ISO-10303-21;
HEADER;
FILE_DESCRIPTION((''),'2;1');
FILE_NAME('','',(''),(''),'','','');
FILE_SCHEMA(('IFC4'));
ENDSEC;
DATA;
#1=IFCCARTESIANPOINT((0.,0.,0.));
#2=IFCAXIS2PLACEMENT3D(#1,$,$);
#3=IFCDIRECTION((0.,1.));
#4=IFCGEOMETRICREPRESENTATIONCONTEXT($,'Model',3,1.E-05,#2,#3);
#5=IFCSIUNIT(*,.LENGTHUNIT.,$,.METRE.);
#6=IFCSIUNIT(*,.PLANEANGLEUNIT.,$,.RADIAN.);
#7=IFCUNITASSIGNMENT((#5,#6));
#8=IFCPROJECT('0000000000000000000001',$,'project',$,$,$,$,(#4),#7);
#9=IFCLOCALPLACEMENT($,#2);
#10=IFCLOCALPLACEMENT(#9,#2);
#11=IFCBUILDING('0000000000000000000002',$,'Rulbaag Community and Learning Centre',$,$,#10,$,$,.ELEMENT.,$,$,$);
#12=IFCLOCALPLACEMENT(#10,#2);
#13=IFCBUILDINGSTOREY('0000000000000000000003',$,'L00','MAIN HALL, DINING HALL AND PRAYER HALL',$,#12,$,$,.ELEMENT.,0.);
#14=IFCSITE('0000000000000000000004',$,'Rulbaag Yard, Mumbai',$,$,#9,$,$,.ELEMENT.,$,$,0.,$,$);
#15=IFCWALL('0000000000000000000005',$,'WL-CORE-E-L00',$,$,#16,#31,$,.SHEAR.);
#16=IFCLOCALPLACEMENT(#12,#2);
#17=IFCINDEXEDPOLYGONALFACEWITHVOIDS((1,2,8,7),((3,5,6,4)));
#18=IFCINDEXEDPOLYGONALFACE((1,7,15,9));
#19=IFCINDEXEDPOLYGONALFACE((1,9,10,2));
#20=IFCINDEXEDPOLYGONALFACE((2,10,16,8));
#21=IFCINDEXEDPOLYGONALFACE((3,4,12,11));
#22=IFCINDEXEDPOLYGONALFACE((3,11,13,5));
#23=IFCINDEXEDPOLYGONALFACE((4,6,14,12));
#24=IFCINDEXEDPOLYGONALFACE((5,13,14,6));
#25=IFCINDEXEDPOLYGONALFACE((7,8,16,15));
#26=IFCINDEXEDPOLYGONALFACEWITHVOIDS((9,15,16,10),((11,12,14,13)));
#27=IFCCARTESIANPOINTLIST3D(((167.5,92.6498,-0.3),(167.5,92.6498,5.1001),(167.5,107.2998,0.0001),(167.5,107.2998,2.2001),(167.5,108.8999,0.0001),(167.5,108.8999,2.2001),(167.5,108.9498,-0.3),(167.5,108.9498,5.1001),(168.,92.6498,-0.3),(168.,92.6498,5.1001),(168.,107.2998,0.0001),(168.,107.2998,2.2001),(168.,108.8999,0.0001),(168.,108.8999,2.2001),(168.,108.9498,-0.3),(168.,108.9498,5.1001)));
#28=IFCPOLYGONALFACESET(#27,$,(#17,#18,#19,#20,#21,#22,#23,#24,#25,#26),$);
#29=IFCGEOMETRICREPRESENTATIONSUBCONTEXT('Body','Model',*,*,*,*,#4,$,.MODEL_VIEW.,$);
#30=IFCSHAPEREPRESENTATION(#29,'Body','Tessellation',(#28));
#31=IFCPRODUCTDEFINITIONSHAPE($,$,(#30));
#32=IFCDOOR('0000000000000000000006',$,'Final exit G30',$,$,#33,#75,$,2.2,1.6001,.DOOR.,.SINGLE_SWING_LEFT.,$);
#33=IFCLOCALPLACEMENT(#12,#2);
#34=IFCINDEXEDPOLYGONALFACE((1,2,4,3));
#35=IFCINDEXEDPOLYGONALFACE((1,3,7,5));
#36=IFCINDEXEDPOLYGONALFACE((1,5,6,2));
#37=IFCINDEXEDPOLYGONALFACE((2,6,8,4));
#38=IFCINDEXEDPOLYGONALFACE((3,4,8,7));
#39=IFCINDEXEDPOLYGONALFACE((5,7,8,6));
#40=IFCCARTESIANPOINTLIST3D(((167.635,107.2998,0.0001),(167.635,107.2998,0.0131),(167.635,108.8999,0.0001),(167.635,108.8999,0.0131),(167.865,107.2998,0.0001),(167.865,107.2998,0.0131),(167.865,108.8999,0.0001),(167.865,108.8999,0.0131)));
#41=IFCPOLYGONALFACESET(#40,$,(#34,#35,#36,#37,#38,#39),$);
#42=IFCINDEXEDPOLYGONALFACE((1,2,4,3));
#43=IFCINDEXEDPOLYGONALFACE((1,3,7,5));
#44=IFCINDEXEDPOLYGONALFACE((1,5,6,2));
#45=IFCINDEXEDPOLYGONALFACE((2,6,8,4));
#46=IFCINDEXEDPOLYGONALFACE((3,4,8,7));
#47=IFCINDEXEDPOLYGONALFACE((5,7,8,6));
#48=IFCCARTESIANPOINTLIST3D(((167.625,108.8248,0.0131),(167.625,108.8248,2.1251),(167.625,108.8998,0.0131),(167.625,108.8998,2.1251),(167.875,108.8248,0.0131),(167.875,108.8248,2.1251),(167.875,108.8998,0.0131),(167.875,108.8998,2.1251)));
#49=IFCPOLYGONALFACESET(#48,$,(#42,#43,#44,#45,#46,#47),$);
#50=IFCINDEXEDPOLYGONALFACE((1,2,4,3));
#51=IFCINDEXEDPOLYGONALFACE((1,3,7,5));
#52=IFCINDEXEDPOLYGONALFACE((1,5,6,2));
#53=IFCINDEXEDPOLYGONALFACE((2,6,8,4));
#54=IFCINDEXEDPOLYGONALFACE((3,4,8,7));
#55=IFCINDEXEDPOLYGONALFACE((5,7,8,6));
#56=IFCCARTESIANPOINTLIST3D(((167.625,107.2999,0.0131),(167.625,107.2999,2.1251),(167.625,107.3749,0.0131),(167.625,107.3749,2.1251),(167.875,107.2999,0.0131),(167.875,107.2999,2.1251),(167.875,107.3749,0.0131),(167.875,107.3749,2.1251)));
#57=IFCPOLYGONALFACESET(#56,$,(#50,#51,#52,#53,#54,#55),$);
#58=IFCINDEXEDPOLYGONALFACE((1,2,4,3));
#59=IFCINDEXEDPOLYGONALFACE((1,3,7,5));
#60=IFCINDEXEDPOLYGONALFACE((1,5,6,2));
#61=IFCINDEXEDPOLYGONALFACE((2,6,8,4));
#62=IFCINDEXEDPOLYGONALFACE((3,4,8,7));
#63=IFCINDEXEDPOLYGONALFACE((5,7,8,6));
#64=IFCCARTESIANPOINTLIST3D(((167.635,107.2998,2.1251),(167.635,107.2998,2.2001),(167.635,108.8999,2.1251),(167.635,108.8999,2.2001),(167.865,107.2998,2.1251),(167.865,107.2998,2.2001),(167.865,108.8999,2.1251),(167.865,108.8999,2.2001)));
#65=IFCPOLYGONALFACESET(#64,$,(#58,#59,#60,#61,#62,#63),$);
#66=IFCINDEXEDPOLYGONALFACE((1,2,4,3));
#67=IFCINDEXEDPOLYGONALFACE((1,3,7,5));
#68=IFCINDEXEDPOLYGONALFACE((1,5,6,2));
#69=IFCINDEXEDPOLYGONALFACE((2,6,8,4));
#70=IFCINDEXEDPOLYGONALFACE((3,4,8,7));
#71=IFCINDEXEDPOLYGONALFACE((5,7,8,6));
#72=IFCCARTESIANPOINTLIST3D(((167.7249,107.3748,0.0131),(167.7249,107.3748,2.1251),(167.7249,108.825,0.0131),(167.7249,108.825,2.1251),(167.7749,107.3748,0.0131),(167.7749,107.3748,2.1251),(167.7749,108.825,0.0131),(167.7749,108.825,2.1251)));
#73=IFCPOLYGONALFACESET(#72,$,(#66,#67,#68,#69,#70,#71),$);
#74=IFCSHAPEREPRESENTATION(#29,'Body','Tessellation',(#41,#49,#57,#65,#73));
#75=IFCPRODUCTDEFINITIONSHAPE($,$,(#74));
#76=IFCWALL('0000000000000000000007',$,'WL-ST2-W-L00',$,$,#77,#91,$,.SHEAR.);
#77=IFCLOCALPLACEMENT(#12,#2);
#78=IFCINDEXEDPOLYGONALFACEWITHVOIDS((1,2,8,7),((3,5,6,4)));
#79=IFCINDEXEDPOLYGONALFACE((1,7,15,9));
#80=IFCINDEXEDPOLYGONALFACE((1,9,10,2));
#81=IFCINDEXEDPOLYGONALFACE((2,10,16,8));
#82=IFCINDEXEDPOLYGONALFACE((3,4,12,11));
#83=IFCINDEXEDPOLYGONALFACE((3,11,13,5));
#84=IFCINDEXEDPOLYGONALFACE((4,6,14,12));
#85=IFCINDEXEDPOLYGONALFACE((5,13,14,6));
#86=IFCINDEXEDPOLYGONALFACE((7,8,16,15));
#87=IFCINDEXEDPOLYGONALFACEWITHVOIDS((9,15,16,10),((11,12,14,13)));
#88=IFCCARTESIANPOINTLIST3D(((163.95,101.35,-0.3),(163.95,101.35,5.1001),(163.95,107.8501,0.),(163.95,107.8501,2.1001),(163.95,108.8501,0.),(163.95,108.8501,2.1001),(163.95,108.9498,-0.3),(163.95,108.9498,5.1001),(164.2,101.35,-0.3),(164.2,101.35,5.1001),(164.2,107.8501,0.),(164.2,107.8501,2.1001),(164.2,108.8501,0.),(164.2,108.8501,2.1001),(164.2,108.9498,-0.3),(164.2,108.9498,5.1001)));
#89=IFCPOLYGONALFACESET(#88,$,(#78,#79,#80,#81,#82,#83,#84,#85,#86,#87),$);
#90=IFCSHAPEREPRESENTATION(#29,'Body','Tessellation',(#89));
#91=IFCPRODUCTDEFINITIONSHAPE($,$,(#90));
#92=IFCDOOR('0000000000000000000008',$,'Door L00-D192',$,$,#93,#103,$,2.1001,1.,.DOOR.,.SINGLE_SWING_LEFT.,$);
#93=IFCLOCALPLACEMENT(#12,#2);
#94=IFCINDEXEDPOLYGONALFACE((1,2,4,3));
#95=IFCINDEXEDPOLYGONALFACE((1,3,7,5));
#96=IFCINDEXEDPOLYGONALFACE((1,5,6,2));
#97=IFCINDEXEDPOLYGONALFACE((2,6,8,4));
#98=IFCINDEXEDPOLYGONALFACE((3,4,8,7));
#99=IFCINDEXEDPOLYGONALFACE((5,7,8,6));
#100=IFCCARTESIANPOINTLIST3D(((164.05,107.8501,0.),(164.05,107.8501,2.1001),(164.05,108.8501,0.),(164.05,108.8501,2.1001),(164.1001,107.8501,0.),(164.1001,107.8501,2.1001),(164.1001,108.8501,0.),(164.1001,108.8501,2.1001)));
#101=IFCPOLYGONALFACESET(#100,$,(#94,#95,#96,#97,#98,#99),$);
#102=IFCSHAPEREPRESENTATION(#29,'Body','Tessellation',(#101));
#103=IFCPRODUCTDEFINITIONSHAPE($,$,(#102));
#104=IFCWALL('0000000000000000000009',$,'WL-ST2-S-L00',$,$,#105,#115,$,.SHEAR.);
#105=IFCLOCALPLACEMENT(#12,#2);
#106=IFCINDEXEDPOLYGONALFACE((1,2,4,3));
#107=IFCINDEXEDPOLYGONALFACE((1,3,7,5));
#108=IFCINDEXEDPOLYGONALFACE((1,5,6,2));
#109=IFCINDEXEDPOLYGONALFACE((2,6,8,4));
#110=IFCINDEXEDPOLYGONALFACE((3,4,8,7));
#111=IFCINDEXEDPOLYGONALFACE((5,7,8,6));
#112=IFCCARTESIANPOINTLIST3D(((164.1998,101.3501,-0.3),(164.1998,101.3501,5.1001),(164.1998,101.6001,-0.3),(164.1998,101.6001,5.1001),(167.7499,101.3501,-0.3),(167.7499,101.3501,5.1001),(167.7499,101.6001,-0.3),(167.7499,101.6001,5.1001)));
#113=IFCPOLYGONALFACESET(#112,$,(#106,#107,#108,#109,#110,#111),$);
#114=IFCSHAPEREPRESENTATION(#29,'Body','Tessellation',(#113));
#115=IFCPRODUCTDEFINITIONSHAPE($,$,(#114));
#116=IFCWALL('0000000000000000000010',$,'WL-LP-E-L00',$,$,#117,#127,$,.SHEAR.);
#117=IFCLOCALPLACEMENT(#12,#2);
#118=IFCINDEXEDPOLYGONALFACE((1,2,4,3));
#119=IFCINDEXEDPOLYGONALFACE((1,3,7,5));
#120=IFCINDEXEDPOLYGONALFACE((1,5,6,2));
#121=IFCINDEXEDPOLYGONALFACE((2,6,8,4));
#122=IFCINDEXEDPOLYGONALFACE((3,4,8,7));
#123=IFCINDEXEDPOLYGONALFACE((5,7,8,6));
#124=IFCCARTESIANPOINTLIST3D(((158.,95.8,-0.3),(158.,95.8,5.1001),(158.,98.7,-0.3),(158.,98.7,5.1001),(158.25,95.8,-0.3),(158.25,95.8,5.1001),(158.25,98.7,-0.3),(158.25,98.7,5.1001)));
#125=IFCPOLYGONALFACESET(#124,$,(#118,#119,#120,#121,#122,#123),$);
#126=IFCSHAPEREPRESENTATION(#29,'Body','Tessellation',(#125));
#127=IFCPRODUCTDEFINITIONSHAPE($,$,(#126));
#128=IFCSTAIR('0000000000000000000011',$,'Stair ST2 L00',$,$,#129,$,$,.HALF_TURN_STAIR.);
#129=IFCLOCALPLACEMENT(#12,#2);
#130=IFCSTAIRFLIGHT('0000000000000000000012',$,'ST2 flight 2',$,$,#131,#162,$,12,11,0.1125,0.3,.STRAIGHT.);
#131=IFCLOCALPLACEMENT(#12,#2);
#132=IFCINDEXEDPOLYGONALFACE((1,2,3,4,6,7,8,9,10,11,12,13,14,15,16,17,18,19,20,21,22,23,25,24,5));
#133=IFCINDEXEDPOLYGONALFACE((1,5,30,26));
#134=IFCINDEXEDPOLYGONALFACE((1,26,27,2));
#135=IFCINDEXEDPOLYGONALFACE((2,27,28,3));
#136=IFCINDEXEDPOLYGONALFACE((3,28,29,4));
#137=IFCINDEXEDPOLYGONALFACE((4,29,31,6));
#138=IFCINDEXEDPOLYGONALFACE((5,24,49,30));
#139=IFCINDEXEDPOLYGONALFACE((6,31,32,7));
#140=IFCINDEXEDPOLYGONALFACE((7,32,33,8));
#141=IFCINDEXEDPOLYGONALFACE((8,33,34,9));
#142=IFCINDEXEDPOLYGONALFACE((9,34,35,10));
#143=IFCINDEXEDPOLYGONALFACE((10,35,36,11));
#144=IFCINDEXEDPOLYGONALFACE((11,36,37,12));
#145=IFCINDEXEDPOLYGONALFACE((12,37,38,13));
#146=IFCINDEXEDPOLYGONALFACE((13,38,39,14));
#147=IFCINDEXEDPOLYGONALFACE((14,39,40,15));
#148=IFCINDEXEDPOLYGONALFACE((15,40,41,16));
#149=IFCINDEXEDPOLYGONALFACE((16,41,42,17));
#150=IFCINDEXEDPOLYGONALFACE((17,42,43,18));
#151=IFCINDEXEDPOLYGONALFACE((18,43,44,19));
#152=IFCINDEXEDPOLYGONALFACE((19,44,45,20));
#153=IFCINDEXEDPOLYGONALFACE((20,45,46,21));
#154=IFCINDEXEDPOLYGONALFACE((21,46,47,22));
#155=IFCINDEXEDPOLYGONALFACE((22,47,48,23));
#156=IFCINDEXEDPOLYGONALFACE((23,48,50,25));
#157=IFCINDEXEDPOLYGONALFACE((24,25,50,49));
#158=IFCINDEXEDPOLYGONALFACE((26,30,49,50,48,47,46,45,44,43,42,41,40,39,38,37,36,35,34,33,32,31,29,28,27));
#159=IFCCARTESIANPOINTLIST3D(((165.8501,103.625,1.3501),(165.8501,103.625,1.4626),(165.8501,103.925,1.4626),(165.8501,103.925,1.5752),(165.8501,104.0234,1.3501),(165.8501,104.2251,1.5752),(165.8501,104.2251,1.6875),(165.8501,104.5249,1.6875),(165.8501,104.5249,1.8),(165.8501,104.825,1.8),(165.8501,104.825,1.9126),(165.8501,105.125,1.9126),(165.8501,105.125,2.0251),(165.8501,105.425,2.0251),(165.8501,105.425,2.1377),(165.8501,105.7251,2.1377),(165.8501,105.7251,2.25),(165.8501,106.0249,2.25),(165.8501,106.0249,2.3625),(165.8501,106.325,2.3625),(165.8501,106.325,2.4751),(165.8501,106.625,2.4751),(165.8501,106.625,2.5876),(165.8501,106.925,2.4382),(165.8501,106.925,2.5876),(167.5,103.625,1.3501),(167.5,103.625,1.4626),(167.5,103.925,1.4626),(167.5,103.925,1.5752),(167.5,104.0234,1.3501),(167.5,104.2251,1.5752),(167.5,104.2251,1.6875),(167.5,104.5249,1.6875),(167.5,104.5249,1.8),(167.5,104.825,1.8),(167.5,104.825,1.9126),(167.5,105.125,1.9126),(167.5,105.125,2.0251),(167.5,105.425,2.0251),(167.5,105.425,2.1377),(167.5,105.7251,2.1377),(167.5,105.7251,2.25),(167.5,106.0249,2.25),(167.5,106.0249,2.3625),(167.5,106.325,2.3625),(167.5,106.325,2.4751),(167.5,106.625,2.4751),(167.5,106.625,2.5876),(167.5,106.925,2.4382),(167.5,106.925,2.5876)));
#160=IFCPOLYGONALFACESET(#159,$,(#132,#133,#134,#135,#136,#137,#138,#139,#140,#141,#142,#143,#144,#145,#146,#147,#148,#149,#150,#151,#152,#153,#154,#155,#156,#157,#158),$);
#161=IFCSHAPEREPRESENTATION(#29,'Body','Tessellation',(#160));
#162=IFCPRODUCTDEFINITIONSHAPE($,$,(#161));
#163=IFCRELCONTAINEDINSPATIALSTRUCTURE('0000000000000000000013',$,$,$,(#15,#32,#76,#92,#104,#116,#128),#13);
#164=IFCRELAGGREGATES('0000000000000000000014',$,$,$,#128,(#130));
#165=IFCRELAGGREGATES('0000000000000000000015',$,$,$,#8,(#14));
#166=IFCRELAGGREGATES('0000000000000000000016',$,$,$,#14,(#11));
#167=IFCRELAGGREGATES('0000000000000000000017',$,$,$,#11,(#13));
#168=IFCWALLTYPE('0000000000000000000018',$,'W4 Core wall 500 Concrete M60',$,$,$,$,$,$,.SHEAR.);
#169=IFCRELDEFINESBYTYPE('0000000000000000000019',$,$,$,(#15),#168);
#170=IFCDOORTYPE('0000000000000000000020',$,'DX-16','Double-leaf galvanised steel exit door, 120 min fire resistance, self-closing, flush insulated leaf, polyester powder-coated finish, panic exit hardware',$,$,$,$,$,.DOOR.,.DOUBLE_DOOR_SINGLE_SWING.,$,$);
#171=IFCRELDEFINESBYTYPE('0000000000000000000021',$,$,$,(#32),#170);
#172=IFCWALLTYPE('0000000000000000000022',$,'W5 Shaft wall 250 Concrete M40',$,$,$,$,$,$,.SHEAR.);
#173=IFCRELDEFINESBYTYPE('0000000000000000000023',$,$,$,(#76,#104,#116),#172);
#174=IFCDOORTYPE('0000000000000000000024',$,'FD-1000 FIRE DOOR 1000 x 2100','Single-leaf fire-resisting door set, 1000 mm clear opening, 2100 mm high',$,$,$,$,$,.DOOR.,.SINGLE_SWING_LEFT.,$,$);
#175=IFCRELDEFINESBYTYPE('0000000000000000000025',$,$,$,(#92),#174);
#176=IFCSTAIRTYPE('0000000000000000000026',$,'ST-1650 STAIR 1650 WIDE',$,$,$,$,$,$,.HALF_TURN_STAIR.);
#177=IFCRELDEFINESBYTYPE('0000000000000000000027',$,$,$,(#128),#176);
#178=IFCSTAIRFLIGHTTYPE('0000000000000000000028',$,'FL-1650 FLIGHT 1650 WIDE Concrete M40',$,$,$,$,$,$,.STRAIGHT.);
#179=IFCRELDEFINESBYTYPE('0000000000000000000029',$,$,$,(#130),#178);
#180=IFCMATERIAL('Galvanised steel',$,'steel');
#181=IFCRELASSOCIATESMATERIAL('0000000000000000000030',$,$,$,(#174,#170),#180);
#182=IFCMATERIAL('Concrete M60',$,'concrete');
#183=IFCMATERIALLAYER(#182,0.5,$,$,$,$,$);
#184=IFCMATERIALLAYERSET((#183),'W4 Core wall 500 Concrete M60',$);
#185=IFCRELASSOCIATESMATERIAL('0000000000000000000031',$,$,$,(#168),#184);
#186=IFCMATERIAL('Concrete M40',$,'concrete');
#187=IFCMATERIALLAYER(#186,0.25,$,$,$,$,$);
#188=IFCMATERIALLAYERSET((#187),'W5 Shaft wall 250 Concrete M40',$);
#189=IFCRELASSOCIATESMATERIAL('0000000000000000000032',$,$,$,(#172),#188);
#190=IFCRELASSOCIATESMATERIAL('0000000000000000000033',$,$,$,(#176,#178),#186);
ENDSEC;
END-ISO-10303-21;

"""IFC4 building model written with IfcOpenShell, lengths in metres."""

from ifc_helpers import new_model, si_unit, direction, frame, frame_2d, origin, place, context, subcontext, project, spatial, polyline, rectangle, outline, extrude, material, layer, layer_set, type_object, element, fill, aggregate, save


model = new_model("IFC4")

# Units and contexts
model_context = context("Model", 3, precision=1e-05, world=origin(), true_north=direction((0.0, 1.0)))
body_context = subcontext(model_context, "Body", "Model", "MODEL_VIEW")
ifc_project = project(units=[si_unit("LENGTHUNIT", "METRE"), si_unit("PLANEANGLEUNIT", "RADIAN")], contexts=[model_context])

# Site, building, storey
site_placement = place(None, origin())
site = spatial("IfcSite", under=ifc_project, at=site_placement, Name="Rulbaag Yard, Mumbai", CompositionType="ELEMENT", RefElevation=0.0)
building_placement = place(site_placement, origin())
building = spatial("IfcBuilding", under=site, at=building_placement, Name="Rulbaag Community and Learning Centre", CompositionType="ELEMENT")
storey_placement = place(building_placement, origin())
storey = spatial("IfcBuildingStorey", under=building, at=storey_placement, Name="L00", Description="MAIN HALL, DINING HALL AND PRAYER HALL", CompositionType="ELEMENT", Elevation=0.0)

# Shared definitions
ifc_material_1 = material(Name="Galvanised steel", Category="steel")
door_type_1 = type_object("IfcDoorType", Name="FD-1000 FIRE DOOR 1000 x 2100", Description="Single-leaf fire-resisting door set, 1000 mm clear opening, 2100 mm high", OperationType="SINGLE_SWING_LEFT", PredefinedType="DOOR", material=ifc_material_1)

# Walls, openings, doors
ifc_material_2 = material(Name="Concrete M60", Category="concrete")
ifc_layer_1 = layer(ifc_material_2, 0.5)
ifc_layer_set_1 = layer_set([ifc_layer_1], Name="W4 Core wall 500 Concrete M60")
wall_type_1 = type_object("IfcWallType", Name="W4 Core wall 500 Concrete M60", PredefinedType="SHEAR", material=ifc_layer_set_1)
wall_1_placement = place(storey_placement, frame((167.75, 92.6499, -0.3), z_axis=(0.0, 0.0, 1.0), x_axis=(0.0, 1.0, 0.0)))
wall_1 = element("IfcWall", 1, at=wall_1_placement, inside=storey, type_object=wall_type_1, Name="WL-CORE-E-L00", PredefinedType="SHEAR", context=body_context, shape_type="SweptSolid", body=[
    extrude(rectangle(XDim=16.3, YDim=0.5, at=frame_2d((8.1499, 0.0))), origin(), (0.0, 0.0, 1.0), 5.4001),
])
opening_1_placement = place(wall_1_placement, frame((16.25, 0.0, 0.3), z_axis=(0.0, 0.0, 1.0), x_axis=(-1.0, 0.0, 0.0)))
opening_1 = element("IfcOpeningElement", 2, at=opening_1_placement, cuts=wall_1, PredefinedType="OPENING", context=body_context, shape_type="SweptSolid", body=[
    extrude(rectangle(XDim=1.6001, YDim=2.2, at=frame_2d((0.8, 1.1001))), frame((0.0, 0.26, 0.0), z_axis=(0.0, -1.0, 0.0), x_axis=(1.0, 0.0, 0.0)), (0.0, 0.0, 1.0), 0.52),
])
door_type_2 = type_object("IfcDoorType", Name="DX-16", Description="Double-leaf galvanised steel exit door, 120 min fire resistance, self-closing, flush insulated leaf, polyester powder-coated finish, panic exit hardware", OperationType="DOUBLE_DOOR_SINGLE_SWING", PredefinedType="DOOR", material=ifc_material_1)
door_1_placement = place(opening_1_placement, origin())
door_1 = element("IfcDoor", 3, at=door_1_placement, inside=storey, type_object=door_type_2, Name="Final exit G30", OperationType="SINGLE_SWING_LEFT", OverallHeight=2.2, OverallWidth=1.6001, PredefinedType="DOOR", context=body_context, shape_type="SweptSolid", body=[
    extrude(rectangle(XDim=1.6001, YDim=0.0129, at=frame_2d((0.8, 0.0066))), frame((0.0, 0.115, 0.0), z_axis=(0.0, -1.0, 0.0), x_axis=(1.0, 0.0, 0.0)), (0.0, 0.0, 1.0), 0.23),
    extrude(rectangle(XDim=0.075, YDim=2.1121, at=frame_2d((0.0376, 1.0691))), frame((0.0, 0.125, 0.0), z_axis=(0.0, -1.0, 0.0), x_axis=(1.0, 0.0, 0.0)), (0.0, 0.0, 1.0), 0.25),
    extrude(rectangle(XDim=0.075, YDim=2.1121, at=frame_2d((1.5625, 1.0691))), frame((0.0, 0.125, 0.0), z_axis=(0.0, -1.0, 0.0), x_axis=(1.0, 0.0, 0.0)), (0.0, 0.0, 1.0), 0.25),
    extrude(rectangle(XDim=1.6001, YDim=0.075, at=frame_2d((0.8, 2.1626))), frame((0.0, 0.115, 0.0), z_axis=(0.0, -1.0, 0.0), x_axis=(1.0, 0.0, 0.0)), (0.0, 0.0, 1.0), 0.23),
    extrude(rectangle(XDim=1.4502, YDim=2.1121, at=frame_2d((0.8, 1.0691))), frame((0.0, 0.0249, 0.0), z_axis=(0.0, -1.0, 0.0), x_axis=(1.0, 0.0, 0.0)), (0.0, 0.0, 1.0), 0.05),
])
fill(opening_1, door_1)
ifc_material_3 = material(Name="Concrete M40", Category="concrete")
ifc_layer_2 = layer(ifc_material_3, 0.25)
ifc_layer_set_2 = layer_set([ifc_layer_2], Name="W5 Shaft wall 250 Concrete M40")
wall_type_2 = type_object("IfcWallType", Name="W5 Shaft wall 250 Concrete M40", PredefinedType="SHEAR", material=ifc_layer_set_2)
wall_2_placement = place(storey_placement, frame((164.075, 101.3501, -0.3), z_axis=(0.0, 0.0, 1.0), x_axis=(0.0, 1.0, 0.0)))
wall_2 = element("IfcWall", 4, at=wall_2_placement, inside=storey, type_object=wall_type_2, Name="WL-ST2-W-L00", PredefinedType="SHEAR", context=body_context, shape_type="SweptSolid", body=[
    extrude(rectangle(XDim=7.5999, YDim=0.25, at=frame_2d((3.7998, 0.0))), origin(), (0.0, 0.0, 1.0), 5.4001),
])
opening_2_placement = place(wall_2_placement, frame((6.5, 0.0, 0.3)))
opening_2 = element("IfcOpeningElement", 5, at=opening_2_placement, cuts=wall_2, PredefinedType="OPENING", context=body_context, shape_type="SweptSolid", body=[
    extrude(rectangle(XDim=1.0, YDim=2.1001, at=frame_2d((0.5, 1.05))), frame((0.0, 0.135, 0.0), z_axis=(0.0, -1.0, 0.0), x_axis=(1.0, 0.0, 0.0)), (0.0, 0.0, 1.0), 0.27),
])
door_2_placement = place(opening_2_placement, origin())
door_2 = element("IfcDoor", 6, at=door_2_placement, inside=storey, type_object=door_type_1, Name="Door L00-D192", OperationType="SINGLE_SWING_LEFT", OverallHeight=2.1001, OverallWidth=1.0, PredefinedType="DOOR", context=body_context, shape_type="SweptSolid", body=[
    extrude(rectangle(XDim=1.0, YDim=2.1001, at=frame_2d((0.5, 1.05))), frame((0.0, 0.0249, 0.0), z_axis=(0.0, -1.0, 0.0), x_axis=(1.0, 0.0, 0.0)), (0.0, 0.0, 1.0), 0.05),
])
fill(opening_2, door_2)

# Walls
wall_3_placement = place(storey_placement, frame((164.2, 101.4751, -0.3), z_axis=(0.0, 0.0, 1.0), x_axis=(1.0, 0.0, 0.0)))
element("IfcWall", 7, at=wall_3_placement, inside=storey, type_object=wall_type_2, Name="WL-ST2-S-L00", PredefinedType="SHEAR", context=body_context, shape_type="SweptSolid", body=[
    extrude(rectangle(XDim=3.55, YDim=0.25, at=frame_2d((1.7749, 0.0))), origin(), (0.0, 0.0, 1.0), 5.4001),
])
wall_4_placement = place(storey_placement, frame((158.125, 95.8, -0.3), z_axis=(0.0, 0.0, 1.0), x_axis=(0.0, 1.0, 0.0)))
element("IfcWall", 8, at=wall_4_placement, inside=storey, type_object=wall_type_2, Name="WL-LP-E-L00", PredefinedType="SHEAR", context=body_context, shape_type="SweptSolid", body=[
    extrude(rectangle(XDim=2.8999, YDim=0.25, at=frame_2d((1.45, 0.0))), origin(), (0.0, 0.0, 1.0), 5.4001),
])

# Stair, stair flight
stair_type = type_object("IfcStairType", Name="ST-1650 STAIR 1650 WIDE", PredefinedType="HALF_TURN_STAIR", material=ifc_material_3)
stair_placement = place(storey_placement, origin())
stair = element("IfcStair", 9, at=stair_placement, inside=storey, type_object=stair_type, Name="Stair ST2 L00", PredefinedType="HALF_TURN_STAIR")
stair_flight_type = type_object("IfcStairFlightType", Name="FL-1650 FLIGHT 1650 WIDE Concrete M40", PredefinedType="STRAIGHT", material=ifc_material_3)
stair_flight_placement = place(storey_placement, frame((166.675, 103.625, 1.3501), z_axis=(0.0, 0.0, 1.0), x_axis=(0.0, 1.0, 0.0)))
stair_flight = element("IfcStairFlight", 10, at=stair_flight_placement, type_object=stair_flight_type, Name="ST2 flight 2", NumberOfRisers=12, NumberOfTreads=11, PredefinedType="STRAIGHT", RiserHeight=0.1125, TreadLength=0.3, context=body_context, shape_type="SweptSolid", body=[
    extrude(outline(polyline([(0.0, 0.0), (0.0, 0.1125), (0.3, 0.1125), (0.3, 0.2251), (0.6001, 0.2251), (0.6001, 0.3374), (0.8999, 0.3374), (0.8999, 0.45), (1.2, 0.45), (1.2, 0.5625), (1.5, 0.5625), (1.5, 0.675), (1.8, 0.675), (1.8, 0.7876), (2.1001, 0.7876), (2.1001, 0.8999), (2.3999, 0.8999), (2.3999, 1.0125), (2.7, 1.0125), (2.7, 1.125), (3.0, 1.125), (3.0, 1.2375), (3.3, 1.2375), (3.3, 1.0881), (0.3984, 0.0), (0.0, 0.0)])), frame((0.0, 0.825, 0.0), z_axis=(0.0, -1.0, 0.0), x_axis=(1.0, 0.0, 0.0)), (0.0, 0.0, 1.0), 1.6499),
])
aggregate(stair, [stair_flight])

save(model, "model.ifc")
